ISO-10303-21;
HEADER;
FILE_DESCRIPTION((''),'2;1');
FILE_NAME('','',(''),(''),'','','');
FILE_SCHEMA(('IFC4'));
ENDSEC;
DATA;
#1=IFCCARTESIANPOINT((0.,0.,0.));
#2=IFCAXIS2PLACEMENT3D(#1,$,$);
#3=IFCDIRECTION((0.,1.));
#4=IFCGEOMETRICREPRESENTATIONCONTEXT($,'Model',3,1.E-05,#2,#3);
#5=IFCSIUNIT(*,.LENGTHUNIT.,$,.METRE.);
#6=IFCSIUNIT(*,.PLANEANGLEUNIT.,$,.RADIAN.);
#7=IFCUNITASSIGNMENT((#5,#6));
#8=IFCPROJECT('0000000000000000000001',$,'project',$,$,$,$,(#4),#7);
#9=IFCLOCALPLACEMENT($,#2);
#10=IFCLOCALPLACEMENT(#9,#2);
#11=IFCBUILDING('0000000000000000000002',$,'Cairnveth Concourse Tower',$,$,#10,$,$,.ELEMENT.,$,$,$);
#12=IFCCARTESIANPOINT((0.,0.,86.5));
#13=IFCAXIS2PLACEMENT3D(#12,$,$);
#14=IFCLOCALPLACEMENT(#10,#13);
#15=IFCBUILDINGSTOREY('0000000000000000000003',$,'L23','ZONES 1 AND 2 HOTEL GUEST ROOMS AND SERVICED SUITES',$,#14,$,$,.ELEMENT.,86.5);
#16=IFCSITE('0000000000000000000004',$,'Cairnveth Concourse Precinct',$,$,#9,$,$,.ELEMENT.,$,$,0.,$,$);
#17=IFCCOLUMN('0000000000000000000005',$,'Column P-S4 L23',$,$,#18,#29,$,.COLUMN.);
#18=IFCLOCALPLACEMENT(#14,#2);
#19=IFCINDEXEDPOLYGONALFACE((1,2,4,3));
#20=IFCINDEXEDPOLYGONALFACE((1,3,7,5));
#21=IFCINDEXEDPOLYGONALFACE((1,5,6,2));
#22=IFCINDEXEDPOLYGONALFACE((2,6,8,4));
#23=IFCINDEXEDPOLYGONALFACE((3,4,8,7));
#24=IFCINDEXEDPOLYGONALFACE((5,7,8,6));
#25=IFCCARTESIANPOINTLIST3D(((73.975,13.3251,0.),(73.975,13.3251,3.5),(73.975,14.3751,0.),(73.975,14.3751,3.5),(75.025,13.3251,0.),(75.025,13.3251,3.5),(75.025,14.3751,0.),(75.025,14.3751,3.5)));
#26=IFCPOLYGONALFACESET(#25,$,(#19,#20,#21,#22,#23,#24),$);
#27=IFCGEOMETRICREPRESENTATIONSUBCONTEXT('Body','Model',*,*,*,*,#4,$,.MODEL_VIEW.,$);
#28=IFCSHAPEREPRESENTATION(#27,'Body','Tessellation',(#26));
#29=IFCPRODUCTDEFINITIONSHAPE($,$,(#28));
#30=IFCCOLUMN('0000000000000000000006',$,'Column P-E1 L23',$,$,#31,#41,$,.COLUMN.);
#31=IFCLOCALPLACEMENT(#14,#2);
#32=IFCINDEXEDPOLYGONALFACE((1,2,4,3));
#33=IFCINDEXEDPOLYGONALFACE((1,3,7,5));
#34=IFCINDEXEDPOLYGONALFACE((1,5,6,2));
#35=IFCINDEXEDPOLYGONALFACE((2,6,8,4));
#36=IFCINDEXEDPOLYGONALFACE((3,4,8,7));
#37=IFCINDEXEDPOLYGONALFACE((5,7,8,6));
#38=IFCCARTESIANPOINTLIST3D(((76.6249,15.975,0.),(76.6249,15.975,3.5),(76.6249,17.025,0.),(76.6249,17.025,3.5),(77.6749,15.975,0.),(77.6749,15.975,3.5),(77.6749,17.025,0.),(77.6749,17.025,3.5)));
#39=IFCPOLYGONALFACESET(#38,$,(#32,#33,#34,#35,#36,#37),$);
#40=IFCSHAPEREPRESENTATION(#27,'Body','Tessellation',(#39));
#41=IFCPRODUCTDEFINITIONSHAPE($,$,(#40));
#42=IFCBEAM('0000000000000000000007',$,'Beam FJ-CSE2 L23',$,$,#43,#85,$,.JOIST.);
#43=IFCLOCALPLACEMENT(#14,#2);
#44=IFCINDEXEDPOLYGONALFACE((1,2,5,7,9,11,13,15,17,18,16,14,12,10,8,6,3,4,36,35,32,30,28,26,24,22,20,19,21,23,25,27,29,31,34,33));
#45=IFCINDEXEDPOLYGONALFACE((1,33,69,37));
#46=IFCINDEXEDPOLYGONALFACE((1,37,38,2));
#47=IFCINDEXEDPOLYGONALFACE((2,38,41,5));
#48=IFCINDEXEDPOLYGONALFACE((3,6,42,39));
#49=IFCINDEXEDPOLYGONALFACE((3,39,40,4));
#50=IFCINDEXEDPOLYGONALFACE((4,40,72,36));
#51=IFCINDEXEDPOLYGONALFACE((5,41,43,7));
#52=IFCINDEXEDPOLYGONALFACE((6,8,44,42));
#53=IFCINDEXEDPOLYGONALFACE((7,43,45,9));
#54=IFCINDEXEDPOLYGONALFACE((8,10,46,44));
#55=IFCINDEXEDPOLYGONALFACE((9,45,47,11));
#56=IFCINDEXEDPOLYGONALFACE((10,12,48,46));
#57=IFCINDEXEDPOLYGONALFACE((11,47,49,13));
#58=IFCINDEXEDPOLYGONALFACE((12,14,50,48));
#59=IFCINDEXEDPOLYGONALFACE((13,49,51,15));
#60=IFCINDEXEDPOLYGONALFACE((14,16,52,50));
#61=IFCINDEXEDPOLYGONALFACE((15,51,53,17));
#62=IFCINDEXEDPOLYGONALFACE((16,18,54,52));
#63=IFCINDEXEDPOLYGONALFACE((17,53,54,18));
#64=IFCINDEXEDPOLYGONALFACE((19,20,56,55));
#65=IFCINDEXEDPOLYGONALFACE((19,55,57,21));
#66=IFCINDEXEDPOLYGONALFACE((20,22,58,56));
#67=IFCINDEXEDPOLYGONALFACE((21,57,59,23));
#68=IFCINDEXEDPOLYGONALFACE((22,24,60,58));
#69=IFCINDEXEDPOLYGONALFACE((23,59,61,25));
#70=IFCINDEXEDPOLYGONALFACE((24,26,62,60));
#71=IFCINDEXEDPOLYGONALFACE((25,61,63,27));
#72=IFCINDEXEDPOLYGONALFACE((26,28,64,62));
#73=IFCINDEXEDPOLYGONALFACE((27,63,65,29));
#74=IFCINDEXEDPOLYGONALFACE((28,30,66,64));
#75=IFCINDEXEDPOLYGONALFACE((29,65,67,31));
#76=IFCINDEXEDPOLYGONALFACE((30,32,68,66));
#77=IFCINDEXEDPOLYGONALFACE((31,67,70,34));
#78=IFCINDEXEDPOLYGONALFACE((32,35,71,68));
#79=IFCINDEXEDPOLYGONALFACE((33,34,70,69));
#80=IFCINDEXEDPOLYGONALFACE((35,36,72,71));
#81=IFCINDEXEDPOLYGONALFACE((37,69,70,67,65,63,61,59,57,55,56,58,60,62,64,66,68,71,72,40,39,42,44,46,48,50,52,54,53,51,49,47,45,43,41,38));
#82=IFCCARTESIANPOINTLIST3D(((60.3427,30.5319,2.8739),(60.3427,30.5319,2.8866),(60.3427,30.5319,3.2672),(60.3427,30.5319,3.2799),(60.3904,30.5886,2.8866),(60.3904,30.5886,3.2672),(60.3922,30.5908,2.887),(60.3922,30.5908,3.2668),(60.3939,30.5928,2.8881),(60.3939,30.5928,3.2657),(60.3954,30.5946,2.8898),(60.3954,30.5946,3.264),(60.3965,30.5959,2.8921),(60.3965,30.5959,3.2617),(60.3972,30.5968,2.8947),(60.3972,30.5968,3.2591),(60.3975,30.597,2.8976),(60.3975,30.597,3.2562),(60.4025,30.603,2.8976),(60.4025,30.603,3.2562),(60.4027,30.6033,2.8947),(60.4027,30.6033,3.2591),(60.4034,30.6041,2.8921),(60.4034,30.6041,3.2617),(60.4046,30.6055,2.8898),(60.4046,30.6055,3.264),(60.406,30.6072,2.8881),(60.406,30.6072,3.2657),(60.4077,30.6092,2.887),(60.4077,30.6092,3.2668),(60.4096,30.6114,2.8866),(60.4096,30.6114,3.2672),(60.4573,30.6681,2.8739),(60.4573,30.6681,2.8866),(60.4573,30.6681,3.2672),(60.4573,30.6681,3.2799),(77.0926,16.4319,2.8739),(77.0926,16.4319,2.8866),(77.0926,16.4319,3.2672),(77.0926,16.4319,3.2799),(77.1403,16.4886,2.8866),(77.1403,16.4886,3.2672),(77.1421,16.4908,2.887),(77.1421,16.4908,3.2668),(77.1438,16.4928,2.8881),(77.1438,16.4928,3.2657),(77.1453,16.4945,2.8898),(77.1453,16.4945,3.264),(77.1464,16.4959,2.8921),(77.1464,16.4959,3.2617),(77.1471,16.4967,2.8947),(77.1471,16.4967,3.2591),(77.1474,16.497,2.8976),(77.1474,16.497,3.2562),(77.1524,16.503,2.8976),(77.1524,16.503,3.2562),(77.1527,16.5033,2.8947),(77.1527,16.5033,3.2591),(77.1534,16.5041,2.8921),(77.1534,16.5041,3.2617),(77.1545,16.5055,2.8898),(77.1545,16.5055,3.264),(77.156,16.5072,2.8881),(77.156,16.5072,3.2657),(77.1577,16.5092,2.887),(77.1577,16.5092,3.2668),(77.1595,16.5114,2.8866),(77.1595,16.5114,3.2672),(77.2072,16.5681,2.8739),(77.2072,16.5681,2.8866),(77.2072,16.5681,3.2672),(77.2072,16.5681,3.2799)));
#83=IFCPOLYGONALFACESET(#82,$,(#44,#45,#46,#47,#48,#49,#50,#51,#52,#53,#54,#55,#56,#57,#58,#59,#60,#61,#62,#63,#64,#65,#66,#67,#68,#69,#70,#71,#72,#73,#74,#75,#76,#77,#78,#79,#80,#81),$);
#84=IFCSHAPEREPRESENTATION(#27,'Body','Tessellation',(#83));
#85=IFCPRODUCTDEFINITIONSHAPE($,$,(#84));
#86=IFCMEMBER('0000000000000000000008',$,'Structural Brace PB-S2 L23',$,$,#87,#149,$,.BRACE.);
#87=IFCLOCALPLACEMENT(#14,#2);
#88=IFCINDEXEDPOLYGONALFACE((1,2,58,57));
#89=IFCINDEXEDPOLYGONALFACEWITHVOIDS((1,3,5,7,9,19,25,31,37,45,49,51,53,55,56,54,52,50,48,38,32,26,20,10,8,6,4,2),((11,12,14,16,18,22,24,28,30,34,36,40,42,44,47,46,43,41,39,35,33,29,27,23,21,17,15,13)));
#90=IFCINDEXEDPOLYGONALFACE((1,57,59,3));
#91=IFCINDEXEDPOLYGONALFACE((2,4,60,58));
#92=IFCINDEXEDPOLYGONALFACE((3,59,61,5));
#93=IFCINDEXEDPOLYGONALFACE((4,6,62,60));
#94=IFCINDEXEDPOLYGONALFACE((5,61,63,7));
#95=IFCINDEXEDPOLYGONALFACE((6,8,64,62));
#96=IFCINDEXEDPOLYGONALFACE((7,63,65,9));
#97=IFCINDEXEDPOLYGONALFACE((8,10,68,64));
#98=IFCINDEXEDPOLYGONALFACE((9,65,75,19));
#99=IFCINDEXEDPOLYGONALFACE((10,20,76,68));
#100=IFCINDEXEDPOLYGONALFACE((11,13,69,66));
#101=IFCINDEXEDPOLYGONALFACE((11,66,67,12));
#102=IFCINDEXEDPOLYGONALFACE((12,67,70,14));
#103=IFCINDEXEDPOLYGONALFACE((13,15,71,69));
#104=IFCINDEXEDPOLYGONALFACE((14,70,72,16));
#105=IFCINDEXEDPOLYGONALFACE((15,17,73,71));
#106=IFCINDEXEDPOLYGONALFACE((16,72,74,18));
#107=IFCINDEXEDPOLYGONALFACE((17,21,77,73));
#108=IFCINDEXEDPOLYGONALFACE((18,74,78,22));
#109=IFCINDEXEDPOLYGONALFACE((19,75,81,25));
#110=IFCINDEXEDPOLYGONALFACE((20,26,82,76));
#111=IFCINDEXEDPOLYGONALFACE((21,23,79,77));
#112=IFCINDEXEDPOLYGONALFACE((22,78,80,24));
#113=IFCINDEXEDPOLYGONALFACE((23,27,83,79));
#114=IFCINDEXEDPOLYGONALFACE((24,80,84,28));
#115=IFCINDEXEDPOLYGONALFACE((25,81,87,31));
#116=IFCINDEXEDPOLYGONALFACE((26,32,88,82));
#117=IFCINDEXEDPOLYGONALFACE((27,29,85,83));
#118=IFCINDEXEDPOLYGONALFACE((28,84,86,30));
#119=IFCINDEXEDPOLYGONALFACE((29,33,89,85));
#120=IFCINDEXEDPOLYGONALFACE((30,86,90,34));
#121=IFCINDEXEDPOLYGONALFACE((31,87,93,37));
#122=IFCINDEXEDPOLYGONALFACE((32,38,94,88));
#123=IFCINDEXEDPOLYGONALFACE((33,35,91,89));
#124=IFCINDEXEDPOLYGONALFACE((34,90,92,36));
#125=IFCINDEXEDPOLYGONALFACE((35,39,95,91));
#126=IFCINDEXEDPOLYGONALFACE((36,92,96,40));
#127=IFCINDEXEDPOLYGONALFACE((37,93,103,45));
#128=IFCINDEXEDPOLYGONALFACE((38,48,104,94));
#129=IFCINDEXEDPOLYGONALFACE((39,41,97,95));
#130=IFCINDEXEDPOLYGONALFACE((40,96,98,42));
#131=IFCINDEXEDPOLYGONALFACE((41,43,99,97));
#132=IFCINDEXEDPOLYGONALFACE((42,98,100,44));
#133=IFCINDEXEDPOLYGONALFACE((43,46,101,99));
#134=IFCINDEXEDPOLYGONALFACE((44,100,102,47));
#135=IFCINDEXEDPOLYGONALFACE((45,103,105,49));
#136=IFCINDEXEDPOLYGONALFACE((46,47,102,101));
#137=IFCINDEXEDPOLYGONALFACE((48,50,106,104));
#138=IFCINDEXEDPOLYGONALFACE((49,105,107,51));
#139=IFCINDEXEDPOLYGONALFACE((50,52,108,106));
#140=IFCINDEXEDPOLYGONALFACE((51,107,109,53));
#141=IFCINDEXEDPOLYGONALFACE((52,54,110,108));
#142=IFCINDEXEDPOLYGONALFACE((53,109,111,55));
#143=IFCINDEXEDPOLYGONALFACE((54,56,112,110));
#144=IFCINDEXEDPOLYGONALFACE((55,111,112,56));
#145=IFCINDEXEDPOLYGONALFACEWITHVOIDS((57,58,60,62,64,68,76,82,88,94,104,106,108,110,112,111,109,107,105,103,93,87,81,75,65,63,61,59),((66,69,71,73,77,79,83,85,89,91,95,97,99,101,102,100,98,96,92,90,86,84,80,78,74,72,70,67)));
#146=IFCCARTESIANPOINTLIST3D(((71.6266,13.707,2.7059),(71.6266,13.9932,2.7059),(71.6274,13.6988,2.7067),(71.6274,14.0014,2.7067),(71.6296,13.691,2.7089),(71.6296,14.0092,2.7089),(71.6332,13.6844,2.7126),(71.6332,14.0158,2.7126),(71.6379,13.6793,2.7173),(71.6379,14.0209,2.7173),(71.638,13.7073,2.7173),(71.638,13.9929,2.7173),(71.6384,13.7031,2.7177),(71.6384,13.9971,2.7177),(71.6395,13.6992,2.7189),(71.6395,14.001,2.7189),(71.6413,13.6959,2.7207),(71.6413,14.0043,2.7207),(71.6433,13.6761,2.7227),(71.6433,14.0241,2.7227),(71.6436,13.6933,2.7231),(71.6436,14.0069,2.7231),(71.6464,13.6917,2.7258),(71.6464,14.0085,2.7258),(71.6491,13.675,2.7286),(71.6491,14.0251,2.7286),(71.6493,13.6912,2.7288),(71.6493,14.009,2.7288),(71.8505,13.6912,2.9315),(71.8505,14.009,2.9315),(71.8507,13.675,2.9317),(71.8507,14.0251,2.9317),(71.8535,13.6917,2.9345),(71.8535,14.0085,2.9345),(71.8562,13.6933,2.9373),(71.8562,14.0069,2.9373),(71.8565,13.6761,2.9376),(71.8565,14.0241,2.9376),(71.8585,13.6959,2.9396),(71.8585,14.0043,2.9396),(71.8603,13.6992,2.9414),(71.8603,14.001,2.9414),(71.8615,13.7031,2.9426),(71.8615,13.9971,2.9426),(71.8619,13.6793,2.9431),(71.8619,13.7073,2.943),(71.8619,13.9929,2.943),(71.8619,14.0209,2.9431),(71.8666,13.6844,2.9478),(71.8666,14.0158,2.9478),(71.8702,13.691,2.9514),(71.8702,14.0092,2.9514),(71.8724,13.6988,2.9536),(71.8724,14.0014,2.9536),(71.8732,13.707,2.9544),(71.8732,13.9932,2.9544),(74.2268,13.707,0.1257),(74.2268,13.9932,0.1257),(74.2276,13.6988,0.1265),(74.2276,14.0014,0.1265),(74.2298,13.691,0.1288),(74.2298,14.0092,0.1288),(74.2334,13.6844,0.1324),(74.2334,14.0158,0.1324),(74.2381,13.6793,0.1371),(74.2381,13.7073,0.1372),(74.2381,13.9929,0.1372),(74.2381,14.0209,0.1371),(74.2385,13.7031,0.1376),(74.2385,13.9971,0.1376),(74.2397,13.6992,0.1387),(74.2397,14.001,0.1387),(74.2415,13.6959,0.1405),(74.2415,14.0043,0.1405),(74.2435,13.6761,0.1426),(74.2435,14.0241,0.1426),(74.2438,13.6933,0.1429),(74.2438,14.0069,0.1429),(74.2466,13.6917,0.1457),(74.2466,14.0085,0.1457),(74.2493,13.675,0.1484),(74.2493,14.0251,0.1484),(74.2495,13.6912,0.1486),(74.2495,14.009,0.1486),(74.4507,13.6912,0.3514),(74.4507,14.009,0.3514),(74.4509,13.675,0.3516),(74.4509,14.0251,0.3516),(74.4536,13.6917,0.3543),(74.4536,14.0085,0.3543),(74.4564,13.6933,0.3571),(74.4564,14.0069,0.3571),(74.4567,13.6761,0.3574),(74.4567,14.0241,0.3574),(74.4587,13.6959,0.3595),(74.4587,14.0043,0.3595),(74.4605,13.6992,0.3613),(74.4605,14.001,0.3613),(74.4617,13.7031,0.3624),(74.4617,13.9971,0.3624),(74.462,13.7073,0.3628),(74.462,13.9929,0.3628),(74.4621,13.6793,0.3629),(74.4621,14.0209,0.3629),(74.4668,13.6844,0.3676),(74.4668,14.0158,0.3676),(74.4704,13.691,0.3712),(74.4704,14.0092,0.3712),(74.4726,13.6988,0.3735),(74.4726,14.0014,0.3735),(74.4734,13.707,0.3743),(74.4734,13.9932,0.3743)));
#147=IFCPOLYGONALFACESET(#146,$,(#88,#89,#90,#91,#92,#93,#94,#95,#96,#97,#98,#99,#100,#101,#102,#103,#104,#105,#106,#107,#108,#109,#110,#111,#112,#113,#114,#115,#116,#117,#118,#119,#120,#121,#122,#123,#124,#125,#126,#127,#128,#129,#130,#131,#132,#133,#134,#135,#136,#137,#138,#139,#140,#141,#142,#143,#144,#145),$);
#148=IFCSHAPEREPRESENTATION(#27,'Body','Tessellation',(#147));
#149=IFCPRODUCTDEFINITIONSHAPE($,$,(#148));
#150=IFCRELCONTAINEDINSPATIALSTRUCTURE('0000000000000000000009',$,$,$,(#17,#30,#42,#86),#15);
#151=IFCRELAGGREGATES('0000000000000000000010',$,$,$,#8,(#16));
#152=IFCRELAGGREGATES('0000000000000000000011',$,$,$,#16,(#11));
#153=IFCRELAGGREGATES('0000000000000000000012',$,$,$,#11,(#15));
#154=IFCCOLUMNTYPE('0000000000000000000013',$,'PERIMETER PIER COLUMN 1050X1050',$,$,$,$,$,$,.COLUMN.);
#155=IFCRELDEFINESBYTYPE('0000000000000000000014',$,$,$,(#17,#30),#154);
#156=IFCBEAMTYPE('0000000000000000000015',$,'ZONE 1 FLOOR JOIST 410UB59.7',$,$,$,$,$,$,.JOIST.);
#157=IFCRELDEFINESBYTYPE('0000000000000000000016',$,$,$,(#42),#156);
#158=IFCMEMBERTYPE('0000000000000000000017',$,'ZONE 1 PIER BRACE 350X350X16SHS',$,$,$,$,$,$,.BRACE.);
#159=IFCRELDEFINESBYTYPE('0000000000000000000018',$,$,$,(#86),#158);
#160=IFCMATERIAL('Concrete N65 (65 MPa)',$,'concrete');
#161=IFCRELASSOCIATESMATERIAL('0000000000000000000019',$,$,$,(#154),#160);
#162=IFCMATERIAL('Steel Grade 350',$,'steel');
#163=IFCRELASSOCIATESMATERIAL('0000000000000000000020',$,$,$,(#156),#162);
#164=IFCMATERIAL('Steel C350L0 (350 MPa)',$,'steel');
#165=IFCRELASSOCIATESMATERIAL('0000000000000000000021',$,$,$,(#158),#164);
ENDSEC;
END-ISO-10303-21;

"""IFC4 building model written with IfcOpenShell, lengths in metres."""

from ifc_helpers import new_model, si_unit, direction, frame, origin, origin_2d, place, context, subcontext, project, spatial, rectangle, hollow_rectangle, i_section, extrude, material, material_profile, profile_set, type_object, element, save


model = new_model("IFC4")

# Units and contexts
model_context = context("Model", 3, precision=1e-05, world=origin(), true_north=direction((0.0, 1.0)))
body_context = subcontext(model_context, "Body", "Model", "MODEL_VIEW")
ifc_project = project(units=[si_unit("LENGTHUNIT", "METRE"), si_unit("PLANEANGLEUNIT", "RADIAN")], contexts=[model_context])

# Site, building, storey
site_placement = place(None, origin())
site = spatial("IfcSite", under=ifc_project, at=site_placement, Name="Cairnveth Concourse Precinct", CompositionType="ELEMENT", RefElevation=0.0)
building_placement = place(site_placement, origin())
building = spatial("IfcBuilding", under=site, at=building_placement, Name="Cairnveth Concourse Tower", CompositionType="ELEMENT")
storey_placement = place(building_placement, frame((0.0, 0.0, 86.5)))
storey = spatial("IfcBuildingStorey", under=building, at=storey_placement, Name="L23", Description="ZONES 1 AND 2 HOTEL GUEST ROOMS AND SERVICED SUITES", CompositionType="ELEMENT", Elevation=86.5)

# Columns
ifc_material_1 = material(Name="Concrete N65 (65 MPa)", Category="concrete")
ifc_material_profile_1 = material_profile(ifc_material_1, rectangle(XDim=1.05, YDim=1.05, at=origin_2d()), Name="RC-COL-1050x1050")
ifc_profile_set_1 = profile_set([ifc_material_profile_1], Name="Concrete N65 (65 MPa)")
column_type = type_object("IfcColumnType", Name="PERIMETER PIER COLUMN 1050X1050", PredefinedType="COLUMN", material=ifc_profile_set_1)
for number, where, z_axis, x_axis, name in (
    (1, (74.5, 13.8501, 0.0), (0.0, 0.0, 1.0), (1.0, 0.0, 0.0), "Column P-S4 L23"),
    (2, (77.1499, 16.5, 0.0), (0.0, 0.0, 1.0), (0.0, 1.0, 0.0), "Column P-E1 L23"),
):
    element("IfcColumn", number, at=place(storey_placement, frame(where, z_axis=z_axis, x_axis=x_axis)), inside=storey, type_object=column_type, Name=name, PredefinedType="COLUMN", context=body_context, shape_type="SweptSolid", body=[
        extrude(rectangle(XDim=1.05, YDim=1.05, at=origin_2d()), origin(), (0.0, 0.0, 1.0), 3.5),
    ])

# Beam
ifc_material_2 = material(Name="Steel Grade 350", Category="steel")
ifc_material_profile_2 = material_profile(ifc_material_2, i_section(OverallWidth=0.178, OverallDepth=0.406, WebThickness=0.0078, FlangeThickness=0.0127, FilletRadius=0.011, at=origin_2d()), Name="410UB59.7")
ifc_profile_set_2 = profile_set([ifc_material_profile_2], Name="Steel Grade 350")
beam_type_1 = type_object("IfcBeamType", Name="ZONE 1 FLOOR JOIST 410UB59.7", PredefinedType="JOIST", material=ifc_profile_set_2)
beam_1_placement = place(storey_placement, frame((77.1499, 16.5, 3.0769), z_axis=(-0.765027, 0.643998, 0.0), x_axis=(-0.643998, -0.765027, 0.0)))
element("IfcBeam", 3, at=beam_1_placement, inside=storey, type_object=beam_type_1, Name="Beam FJ-CSE2 L23", PredefinedType="JOIST", context=body_context, shape_type="SweptSolid", body=[
    extrude(i_section(OverallWidth=0.178, OverallDepth=0.406, WebThickness=0.0078, FlangeThickness=0.0127, FilletRadius=0.011, at=origin_2d()), origin(), (0.0, 0.0, 1.0), 21.8945),
])

# Member
ifc_material_3 = material(Name="Steel C350L0 (350 MPa)", Category="steel")
ifc_material_profile_3 = material_profile(ifc_material_3, hollow_rectangle(XDim=0.3501, YDim=0.3501, WallThickness=0.0161, InnerFilletRadius=0.0161, OuterFilletRadius=0.032, at=origin_2d()), Name="350x350x16.0SHS")
ifc_profile_set_3 = profile_set([ifc_material_profile_3], Name="Steel C350L0 (350 MPa)")
member_type = type_object("IfcMemberType", Name="ZONE 1 PIER BRACE 350X350X16SHS", PredefinedType="BRACE", material=ifc_profile_set_3)
for number, where, z_axis, x_axis, name in (
    (4, (74.3501, 13.8501, 0.25), (-0.709834, 0.0, 0.704369), (0.0, -1.0, 0.0), "Structural Brace PB-S2 L23"),
):
    element("IfcMember", number, at=place(storey_placement, frame(where, z_axis=z_axis, x_axis=x_axis)), inside=storey, type_object=member_type, Name=name, PredefinedType="BRACE", context=body_context, shape_type="SweptSolid", body=[
        extrude(hollow_rectangle(XDim=0.3501, YDim=0.3501, WallThickness=0.0161, InnerFilletRadius=0.0161, OuterFilletRadius=0.032, at=origin_2d()), origin(), (0.0, 0.0, 1.0), 3.6631),
    ])

save(model, "model.ifc")
